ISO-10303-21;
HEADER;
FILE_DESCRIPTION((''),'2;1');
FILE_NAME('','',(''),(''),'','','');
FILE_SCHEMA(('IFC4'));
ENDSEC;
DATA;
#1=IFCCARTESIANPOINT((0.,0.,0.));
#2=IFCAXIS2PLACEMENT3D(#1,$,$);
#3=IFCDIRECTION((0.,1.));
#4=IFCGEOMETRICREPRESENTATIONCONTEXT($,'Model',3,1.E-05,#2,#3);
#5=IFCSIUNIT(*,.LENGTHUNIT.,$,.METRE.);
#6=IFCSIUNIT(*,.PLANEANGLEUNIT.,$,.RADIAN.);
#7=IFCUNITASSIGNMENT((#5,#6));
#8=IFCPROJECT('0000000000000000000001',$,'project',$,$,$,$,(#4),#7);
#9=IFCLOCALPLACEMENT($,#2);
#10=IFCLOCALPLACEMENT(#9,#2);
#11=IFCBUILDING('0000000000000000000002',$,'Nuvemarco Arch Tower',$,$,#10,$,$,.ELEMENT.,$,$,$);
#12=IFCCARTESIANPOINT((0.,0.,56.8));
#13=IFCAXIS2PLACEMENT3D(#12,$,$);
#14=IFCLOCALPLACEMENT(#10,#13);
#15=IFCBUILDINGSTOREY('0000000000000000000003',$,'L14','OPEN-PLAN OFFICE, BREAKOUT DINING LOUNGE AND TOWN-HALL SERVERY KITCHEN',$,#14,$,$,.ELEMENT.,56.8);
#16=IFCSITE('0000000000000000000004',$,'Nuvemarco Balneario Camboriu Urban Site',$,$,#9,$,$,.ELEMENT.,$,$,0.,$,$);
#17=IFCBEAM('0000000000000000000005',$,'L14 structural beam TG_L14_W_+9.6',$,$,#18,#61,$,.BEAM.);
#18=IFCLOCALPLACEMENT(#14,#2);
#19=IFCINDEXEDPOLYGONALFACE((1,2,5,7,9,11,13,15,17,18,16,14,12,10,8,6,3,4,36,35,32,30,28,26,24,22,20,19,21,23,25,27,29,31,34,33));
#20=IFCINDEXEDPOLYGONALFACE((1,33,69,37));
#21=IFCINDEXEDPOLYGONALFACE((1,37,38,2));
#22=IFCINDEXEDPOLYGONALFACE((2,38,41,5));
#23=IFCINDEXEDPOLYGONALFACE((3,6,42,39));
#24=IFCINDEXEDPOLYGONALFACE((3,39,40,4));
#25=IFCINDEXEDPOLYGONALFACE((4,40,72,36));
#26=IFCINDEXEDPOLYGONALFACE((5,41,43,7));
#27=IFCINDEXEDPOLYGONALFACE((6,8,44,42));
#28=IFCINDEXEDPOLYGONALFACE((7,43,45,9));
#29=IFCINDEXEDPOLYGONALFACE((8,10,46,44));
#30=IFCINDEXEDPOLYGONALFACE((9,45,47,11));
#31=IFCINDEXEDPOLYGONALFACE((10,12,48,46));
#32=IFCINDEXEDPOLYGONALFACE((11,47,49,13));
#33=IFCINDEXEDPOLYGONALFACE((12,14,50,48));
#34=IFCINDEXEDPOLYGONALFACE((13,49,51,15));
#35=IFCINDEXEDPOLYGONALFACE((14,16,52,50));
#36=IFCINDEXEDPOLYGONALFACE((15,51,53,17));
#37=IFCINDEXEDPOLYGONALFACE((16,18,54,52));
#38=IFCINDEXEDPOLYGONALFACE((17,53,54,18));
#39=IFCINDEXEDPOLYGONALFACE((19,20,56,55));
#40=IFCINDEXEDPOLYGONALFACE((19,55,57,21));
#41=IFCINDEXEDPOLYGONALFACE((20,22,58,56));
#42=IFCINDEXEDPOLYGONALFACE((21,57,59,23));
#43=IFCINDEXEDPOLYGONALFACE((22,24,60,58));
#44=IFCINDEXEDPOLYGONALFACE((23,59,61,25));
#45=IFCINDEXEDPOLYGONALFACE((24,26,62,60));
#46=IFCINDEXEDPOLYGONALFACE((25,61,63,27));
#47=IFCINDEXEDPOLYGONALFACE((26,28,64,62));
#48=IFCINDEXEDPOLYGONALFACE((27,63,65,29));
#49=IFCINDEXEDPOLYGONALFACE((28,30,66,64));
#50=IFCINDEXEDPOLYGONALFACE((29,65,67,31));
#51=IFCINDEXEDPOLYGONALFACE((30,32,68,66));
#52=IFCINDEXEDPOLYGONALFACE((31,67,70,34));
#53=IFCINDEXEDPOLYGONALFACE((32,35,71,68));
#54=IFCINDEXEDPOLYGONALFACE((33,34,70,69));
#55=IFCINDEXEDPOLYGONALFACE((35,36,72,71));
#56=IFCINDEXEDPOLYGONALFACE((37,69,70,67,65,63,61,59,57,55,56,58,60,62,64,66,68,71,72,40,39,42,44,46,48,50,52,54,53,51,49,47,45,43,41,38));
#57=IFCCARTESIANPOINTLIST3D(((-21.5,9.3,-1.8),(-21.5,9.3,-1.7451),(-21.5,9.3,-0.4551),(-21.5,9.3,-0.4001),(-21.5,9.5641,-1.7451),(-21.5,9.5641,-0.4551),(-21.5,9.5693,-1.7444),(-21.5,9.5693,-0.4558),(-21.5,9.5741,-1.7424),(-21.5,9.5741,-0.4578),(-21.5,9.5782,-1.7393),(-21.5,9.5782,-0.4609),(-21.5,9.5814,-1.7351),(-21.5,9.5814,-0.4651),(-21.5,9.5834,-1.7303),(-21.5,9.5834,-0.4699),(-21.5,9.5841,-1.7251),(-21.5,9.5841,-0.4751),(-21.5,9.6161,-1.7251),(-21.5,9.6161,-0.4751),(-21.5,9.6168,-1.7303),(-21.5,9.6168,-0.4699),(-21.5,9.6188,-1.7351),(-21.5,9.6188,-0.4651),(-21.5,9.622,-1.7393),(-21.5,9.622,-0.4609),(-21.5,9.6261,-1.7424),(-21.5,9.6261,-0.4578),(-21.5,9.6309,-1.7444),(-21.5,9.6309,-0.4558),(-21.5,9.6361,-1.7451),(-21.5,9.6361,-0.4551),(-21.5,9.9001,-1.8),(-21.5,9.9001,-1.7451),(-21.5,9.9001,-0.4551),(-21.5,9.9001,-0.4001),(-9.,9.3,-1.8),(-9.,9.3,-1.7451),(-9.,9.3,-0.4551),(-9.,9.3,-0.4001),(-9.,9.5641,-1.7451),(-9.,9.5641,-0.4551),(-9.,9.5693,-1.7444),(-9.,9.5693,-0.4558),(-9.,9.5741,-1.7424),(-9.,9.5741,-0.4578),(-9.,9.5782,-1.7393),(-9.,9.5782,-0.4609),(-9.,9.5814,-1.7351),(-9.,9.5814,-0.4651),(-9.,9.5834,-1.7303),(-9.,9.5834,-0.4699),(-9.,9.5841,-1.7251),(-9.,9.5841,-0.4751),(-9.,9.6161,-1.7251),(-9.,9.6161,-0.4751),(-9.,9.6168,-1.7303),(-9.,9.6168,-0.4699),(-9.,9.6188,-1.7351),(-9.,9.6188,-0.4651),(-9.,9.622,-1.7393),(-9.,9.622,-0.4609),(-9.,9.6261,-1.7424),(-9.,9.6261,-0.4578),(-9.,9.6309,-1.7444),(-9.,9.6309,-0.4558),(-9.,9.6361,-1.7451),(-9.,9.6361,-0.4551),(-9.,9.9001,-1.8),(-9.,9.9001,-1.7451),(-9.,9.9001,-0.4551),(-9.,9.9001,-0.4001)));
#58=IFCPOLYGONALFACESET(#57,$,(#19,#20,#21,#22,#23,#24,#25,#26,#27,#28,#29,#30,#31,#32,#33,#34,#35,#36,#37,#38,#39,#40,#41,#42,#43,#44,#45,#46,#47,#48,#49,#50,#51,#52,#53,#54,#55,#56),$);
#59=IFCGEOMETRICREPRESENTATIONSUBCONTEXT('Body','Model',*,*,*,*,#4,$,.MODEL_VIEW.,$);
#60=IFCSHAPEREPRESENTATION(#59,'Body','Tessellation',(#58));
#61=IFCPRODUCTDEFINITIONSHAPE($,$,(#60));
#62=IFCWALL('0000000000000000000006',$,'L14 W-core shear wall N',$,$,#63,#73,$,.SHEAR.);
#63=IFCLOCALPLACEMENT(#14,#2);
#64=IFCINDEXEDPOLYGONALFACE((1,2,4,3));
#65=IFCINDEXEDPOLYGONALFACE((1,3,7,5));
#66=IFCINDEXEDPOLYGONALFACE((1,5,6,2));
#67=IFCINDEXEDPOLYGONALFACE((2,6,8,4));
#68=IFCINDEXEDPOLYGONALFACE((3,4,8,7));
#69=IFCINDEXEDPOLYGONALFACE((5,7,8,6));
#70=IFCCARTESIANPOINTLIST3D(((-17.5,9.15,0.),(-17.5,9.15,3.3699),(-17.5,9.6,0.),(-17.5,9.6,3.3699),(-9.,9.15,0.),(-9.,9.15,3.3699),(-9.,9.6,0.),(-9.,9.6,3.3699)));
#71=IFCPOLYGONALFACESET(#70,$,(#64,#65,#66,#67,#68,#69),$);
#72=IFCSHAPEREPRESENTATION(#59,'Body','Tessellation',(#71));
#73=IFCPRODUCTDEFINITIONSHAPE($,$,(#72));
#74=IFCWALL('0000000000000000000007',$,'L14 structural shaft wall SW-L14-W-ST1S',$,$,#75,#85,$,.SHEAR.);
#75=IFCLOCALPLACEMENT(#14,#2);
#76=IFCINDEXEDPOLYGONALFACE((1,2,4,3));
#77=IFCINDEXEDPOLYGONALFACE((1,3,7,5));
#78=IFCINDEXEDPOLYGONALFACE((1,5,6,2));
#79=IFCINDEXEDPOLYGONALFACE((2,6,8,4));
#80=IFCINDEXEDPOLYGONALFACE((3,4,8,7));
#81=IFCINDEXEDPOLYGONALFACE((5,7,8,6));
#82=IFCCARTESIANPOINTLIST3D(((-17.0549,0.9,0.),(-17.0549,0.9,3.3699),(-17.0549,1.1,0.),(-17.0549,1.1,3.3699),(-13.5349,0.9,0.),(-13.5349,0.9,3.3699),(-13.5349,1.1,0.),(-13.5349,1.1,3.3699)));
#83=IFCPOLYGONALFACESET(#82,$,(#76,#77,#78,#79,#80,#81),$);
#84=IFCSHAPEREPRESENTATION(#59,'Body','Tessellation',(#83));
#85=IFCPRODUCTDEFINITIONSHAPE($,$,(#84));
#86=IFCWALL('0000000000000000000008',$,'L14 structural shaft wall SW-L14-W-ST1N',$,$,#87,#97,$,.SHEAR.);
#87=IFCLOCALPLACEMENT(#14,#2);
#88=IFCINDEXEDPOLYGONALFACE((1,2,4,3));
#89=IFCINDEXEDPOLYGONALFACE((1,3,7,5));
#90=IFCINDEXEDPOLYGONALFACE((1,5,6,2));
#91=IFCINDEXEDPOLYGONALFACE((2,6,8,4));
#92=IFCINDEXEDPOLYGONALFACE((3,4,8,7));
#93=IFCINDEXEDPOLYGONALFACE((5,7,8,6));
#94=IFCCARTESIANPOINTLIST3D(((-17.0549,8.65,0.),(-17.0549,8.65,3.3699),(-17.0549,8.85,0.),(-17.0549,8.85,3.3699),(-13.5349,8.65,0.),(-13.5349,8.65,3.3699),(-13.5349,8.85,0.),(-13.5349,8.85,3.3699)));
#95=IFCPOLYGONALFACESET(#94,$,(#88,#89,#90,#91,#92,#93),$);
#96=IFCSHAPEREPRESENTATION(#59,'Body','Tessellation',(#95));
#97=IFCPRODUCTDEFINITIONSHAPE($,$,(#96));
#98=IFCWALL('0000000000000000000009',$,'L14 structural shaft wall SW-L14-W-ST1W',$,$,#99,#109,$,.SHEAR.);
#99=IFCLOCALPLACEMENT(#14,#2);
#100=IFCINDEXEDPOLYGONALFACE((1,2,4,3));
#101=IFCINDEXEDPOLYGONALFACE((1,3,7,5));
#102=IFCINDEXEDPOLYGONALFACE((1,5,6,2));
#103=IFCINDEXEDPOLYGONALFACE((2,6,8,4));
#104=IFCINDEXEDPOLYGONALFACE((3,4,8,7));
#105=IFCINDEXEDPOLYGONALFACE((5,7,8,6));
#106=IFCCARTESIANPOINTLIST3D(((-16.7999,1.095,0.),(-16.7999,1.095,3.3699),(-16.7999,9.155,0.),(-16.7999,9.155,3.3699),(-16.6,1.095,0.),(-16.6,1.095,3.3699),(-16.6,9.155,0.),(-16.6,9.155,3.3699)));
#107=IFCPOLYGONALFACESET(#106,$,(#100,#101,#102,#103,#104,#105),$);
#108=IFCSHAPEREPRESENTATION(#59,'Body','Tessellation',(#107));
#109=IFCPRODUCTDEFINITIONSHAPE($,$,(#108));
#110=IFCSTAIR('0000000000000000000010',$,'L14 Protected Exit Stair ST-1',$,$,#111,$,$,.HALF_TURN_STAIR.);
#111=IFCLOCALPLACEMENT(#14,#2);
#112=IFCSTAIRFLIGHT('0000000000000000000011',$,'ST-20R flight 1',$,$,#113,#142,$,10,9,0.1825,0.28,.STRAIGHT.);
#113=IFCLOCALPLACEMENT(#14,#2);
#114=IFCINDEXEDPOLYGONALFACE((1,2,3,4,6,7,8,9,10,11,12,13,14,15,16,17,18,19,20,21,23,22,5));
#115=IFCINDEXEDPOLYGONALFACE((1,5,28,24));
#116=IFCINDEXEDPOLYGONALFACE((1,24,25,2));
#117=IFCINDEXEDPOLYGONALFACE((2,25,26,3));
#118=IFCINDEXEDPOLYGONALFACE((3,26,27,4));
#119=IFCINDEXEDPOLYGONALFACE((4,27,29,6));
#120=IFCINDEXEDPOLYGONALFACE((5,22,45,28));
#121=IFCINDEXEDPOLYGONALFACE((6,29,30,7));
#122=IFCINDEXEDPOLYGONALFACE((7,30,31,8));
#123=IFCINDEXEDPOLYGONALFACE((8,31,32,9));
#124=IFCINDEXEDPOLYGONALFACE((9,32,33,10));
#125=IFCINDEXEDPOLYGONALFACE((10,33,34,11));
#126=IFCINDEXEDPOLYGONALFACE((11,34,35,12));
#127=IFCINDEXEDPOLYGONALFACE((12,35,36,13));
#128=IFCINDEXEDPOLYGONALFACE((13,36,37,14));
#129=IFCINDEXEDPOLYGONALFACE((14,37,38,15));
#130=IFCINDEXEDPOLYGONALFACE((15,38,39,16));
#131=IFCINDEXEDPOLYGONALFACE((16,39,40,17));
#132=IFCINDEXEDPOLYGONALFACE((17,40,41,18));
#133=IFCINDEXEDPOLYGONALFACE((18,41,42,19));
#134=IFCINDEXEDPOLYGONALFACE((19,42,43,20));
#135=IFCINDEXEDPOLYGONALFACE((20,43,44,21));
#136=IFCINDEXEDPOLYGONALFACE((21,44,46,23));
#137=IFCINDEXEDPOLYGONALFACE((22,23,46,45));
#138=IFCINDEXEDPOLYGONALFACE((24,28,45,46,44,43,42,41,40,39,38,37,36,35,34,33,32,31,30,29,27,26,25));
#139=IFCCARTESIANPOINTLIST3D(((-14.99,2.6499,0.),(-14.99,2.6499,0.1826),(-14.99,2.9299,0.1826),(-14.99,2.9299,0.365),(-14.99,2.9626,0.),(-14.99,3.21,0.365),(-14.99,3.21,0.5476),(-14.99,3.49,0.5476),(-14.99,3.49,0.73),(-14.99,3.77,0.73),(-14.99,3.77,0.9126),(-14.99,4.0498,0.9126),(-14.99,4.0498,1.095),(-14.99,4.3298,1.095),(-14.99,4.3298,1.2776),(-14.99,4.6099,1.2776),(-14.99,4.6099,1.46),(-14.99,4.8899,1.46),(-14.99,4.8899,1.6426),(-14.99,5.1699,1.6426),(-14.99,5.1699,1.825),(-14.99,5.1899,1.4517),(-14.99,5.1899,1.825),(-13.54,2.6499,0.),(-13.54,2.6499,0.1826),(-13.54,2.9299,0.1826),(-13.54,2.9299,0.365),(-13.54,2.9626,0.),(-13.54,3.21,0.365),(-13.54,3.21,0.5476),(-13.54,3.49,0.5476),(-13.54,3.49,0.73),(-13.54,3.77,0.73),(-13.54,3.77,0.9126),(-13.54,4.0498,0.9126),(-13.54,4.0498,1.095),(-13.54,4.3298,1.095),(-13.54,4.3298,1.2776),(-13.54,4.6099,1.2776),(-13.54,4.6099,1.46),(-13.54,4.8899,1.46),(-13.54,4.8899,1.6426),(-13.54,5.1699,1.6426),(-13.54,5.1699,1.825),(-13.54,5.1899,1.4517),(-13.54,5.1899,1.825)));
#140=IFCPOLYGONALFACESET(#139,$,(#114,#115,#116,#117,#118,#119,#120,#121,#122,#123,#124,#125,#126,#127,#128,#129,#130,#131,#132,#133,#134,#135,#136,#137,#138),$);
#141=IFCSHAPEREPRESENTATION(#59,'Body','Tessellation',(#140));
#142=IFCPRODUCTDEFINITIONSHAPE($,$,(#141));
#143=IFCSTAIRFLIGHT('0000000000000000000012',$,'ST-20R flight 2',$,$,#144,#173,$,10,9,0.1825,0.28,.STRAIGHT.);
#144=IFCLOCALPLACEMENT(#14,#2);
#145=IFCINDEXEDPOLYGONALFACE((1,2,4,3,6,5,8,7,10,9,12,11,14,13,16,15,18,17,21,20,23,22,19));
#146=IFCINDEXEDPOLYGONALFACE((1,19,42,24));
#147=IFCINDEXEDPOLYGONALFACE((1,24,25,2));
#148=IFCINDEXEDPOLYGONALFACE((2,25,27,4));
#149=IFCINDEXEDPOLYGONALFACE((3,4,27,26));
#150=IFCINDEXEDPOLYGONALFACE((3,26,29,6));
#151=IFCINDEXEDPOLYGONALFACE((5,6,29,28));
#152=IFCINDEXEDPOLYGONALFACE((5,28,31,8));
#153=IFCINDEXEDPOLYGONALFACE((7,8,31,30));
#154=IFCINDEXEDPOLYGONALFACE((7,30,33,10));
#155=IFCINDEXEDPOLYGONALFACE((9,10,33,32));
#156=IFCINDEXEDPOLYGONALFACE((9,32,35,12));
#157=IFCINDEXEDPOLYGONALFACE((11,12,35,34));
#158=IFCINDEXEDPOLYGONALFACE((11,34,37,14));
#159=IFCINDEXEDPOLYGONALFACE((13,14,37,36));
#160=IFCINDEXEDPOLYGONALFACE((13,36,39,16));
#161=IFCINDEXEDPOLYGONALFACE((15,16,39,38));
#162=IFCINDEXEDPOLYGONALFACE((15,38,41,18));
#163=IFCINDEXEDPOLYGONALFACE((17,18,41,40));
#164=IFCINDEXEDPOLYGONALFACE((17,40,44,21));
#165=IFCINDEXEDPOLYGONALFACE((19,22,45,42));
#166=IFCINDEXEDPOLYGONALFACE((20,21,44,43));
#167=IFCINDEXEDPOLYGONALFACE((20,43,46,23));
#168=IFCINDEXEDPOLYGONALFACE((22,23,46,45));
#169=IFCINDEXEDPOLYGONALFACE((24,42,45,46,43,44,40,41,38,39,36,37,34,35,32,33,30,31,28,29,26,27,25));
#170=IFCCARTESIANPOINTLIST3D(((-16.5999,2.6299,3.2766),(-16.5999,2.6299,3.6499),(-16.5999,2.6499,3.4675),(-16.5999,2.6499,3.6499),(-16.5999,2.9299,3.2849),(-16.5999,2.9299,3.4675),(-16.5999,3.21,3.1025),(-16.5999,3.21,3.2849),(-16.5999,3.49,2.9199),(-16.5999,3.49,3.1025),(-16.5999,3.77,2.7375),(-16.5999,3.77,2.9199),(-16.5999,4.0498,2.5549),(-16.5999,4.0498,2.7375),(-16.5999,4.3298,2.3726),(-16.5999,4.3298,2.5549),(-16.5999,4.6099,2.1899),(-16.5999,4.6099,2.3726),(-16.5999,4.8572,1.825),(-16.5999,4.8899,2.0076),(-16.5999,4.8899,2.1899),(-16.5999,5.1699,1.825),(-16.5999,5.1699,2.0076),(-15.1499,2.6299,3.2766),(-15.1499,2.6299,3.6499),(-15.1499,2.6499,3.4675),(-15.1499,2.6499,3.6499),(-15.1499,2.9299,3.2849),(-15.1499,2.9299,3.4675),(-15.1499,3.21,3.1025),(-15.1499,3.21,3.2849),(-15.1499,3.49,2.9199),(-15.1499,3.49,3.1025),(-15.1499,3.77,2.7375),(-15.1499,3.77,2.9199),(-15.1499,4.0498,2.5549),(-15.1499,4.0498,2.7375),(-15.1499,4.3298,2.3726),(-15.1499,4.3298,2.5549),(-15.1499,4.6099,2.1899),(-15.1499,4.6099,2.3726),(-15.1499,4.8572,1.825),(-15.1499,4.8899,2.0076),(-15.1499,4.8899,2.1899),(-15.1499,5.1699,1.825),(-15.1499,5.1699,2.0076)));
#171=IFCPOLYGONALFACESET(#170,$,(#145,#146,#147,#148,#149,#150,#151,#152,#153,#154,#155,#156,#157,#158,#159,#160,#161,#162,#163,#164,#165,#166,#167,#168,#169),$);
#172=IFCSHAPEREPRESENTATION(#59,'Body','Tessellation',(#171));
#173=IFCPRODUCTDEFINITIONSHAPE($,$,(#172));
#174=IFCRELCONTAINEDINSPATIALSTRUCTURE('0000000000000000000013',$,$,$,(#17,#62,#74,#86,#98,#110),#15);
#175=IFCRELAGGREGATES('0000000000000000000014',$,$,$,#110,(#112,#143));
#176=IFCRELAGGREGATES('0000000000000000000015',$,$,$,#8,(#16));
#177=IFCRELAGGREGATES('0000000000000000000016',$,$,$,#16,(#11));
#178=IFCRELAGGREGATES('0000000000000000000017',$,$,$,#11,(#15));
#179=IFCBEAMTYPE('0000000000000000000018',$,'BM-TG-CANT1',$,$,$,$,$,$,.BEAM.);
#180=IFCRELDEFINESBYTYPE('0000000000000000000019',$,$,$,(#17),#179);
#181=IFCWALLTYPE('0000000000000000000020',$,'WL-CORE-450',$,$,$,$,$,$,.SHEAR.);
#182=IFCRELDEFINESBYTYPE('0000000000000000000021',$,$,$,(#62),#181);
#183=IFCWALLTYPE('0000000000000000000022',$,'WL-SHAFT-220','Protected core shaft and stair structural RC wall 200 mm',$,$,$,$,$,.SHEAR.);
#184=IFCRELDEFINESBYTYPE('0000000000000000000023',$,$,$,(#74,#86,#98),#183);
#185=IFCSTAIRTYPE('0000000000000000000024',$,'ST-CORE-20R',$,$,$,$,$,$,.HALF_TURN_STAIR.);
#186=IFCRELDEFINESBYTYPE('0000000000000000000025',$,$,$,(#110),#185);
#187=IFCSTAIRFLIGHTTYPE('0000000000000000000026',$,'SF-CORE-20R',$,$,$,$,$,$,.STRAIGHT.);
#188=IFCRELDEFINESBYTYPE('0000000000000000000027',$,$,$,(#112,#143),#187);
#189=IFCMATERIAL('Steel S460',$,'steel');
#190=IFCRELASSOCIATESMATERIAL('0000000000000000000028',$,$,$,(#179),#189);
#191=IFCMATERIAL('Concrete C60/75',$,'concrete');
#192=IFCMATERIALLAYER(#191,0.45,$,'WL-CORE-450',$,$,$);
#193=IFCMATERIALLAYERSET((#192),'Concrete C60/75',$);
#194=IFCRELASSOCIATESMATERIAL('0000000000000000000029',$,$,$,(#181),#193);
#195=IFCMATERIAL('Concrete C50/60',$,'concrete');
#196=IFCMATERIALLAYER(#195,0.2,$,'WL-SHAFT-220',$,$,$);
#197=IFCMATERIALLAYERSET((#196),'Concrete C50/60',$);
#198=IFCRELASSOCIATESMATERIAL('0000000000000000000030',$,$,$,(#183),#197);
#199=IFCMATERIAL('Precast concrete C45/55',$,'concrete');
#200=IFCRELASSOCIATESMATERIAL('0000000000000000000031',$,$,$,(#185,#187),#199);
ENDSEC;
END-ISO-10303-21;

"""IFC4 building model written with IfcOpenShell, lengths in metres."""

from ifc_helpers import new_model, si_unit, direction, frame, frame_2d, origin, origin_2d, place, context, subcontext, project, spatial, polyline, rectangle, i_section, outline, extrude, material, layer, layer_set, material_profile, profile_set, type_object, element, aggregate, save


model = new_model("IFC4")

# Units and contexts
model_context = context("Model", 3, precision=1e-05, world=origin(), true_north=direction((0.0, 1.0)))
body_context = subcontext(model_context, "Body", "Model", "MODEL_VIEW")
ifc_project = project(units=[si_unit("LENGTHUNIT", "METRE"), si_unit("PLANEANGLEUNIT", "RADIAN")], contexts=[model_context])

# Site, building, storey
site_placement = place(None, origin())
site = spatial("IfcSite", under=ifc_project, at=site_placement, Name="Nuvemarco Balneario Camboriu Urban Site", CompositionType="ELEMENT", RefElevation=0.0)
building_placement = place(site_placement, origin())
building = spatial("IfcBuilding", under=site, at=building_placement, Name="Nuvemarco Arch Tower", CompositionType="ELEMENT")
storey_placement = place(building_placement, frame((0.0, 0.0, 56.8)))
storey = spatial("IfcBuildingStorey", under=building, at=storey_placement, Name="L14", Description="OPEN-PLAN OFFICE, BREAKOUT DINING LOUNGE AND TOWN-HALL SERVERY KITCHEN", CompositionType="ELEMENT", Elevation=56.8)

# Shared definitions
ifc_material_1 = material(Name="Concrete C60/75", Category="concrete")
ifc_material_2 = material(Name="Steel S460", Category="steel")

# Beam
ifc_material_3 = material(Name="Precast concrete C45/55", Category="concrete")
ifc_material_profile_1 = material_profile(ifc_material_2, i_section(OverallWidth=0.6001, OverallDepth=1.3999, WebThickness=0.032, FlangeThickness=0.0549, FilletRadius=0.02, at=origin_2d()), Name="PG1400x600")
ifc_profile_set_1 = profile_set([ifc_material_profile_1], Name="Steel S460")
beam_type_1 = type_object("IfcBeamType", Name="BM-TG-CANT1", PredefinedType="BEAM", material=ifc_profile_set_1)
beam_1_placement = place(storey_placement, frame((-21.5, 9.6001, -1.1001), z_axis=(1.0, 0.0, 0.0), x_axis=(0.0, 1.0, 0.0)))
element("IfcBeam", 1, at=beam_1_placement, inside=storey, type_object=beam_type_1, Name="L14 structural beam TG_L14_W_+9.6", PredefinedType="BEAM", context=body_context, shape_type="SweptSolid", body=[
    extrude(i_section(OverallWidth=0.6001, OverallDepth=1.3999, WebThickness=0.032, FlangeThickness=0.0549, FilletRadius=0.02, at=origin_2d()), origin(), (0.0, 0.0, 1.0), 12.5),
])

# Walls
ifc_layer_1 = layer(ifc_material_1, 0.45, Name="WL-CORE-450")
ifc_layer_set_1 = layer_set([ifc_layer_1], Name="Concrete C60/75")
wall_type_1 = type_object("IfcWallType", Name="WL-CORE-450", PredefinedType="SHEAR", material=ifc_layer_set_1)
wall_1_placement = place(storey_placement, frame((-17.5, 9.375, 0.0), z_axis=(0.0, 0.0, 1.0), x_axis=(1.0, 0.0, 0.0)))
element("IfcWall", 2, at=wall_1_placement, inside=storey, type_object=wall_type_1, Name="L14 W-core shear wall N", PredefinedType="SHEAR", context=body_context, shape_type="SweptSolid", body=[
    extrude(rectangle(XDim=8.5, YDim=0.45, at=frame_2d((4.25, 0.0))), origin(), (0.0, 0.0, 1.0), 3.3699),
])
ifc_material_4 = material(Name="Concrete C50/60", Category="concrete")
ifc_layer_2 = layer(ifc_material_4, 0.2, Name="WL-SHAFT-220")
ifc_layer_set_2 = layer_set([ifc_layer_2], Name="Concrete C50/60")
wall_type_2 = type_object("IfcWallType", Name="WL-SHAFT-220", Description="Protected core shaft and stair structural RC wall 200 mm", PredefinedType="SHEAR", material=ifc_layer_set_2)
for number, where, z_axis, x_axis, name in (
    (3, (-17.0549, 1.0, 0.0), (0.0, 0.0, 1.0), (1.0, 0.0, 0.0), "L14 structural shaft wall SW-L14-W-ST1S"),
    (4, (-17.0549, 8.75, 0.0), (0.0, 0.0, 1.0), (1.0, 0.0, 0.0), "L14 structural shaft wall SW-L14-W-ST1N"),
):
    element("IfcWall", number, at=place(storey_placement, frame(where, z_axis=z_axis, x_axis=x_axis)), inside=storey, type_object=wall_type_2, Name=name, PredefinedType="SHEAR", context=body_context, shape_type="SweptSolid", body=[
        extrude(rectangle(XDim=3.52, YDim=0.2, at=frame_2d((1.76, 0.0))), origin(), (0.0, 0.0, 1.0), 3.3699),
    ])
wall_2_placement = place(storey_placement, frame((-16.7, 1.095, 0.0), z_axis=(0.0, 0.0, 1.0), x_axis=(0.0, 1.0, 0.0)))
element("IfcWall", 5, at=wall_2_placement, inside=storey, type_object=wall_type_2, Name="L14 structural shaft wall SW-L14-W-ST1W", PredefinedType="SHEAR", context=body_context, shape_type="SweptSolid", body=[
    extrude(rectangle(XDim=8.0601, YDim=0.2, at=frame_2d((4.03, 0.0))), origin(), (0.0, 0.0, 1.0), 3.3699),
])

# Stair, stair flights
stair_type = type_object("IfcStairType", Name="ST-CORE-20R", PredefinedType="HALF_TURN_STAIR", material=ifc_material_3)
stair_placement = place(storey_placement, origin())
stair = element("IfcStair", 6, at=stair_placement, inside=storey, type_object=stair_type, Name="L14 Protected Exit Stair ST-1", PredefinedType="HALF_TURN_STAIR")
stair_flight_type = type_object("IfcStairFlightType", Name="SF-CORE-20R", PredefinedType="STRAIGHT", material=ifc_material_3)
stair_flight_1_placement = place(storey_placement, frame((-14.2649, 2.6499, 0.0), z_axis=(0.0, 0.0, 1.0), x_axis=(0.0, 1.0, 0.0)))
stair_flight_1 = element("IfcStairFlight", 7, at=stair_flight_1_placement, type_object=stair_flight_type, Name="ST-20R flight 1", NumberOfRisers=10, NumberOfTreads=9, PredefinedType="STRAIGHT", RiserHeight=0.1825, TreadLength=0.28, context=body_context, shape_type="SweptSolid", body=[
    extrude(outline(polyline([(0.0, 0.0), (0.0, 0.1826), (0.28, 0.1826), (0.28, 0.365), (0.5601, 0.365), (0.5601, 0.5476), (0.8401, 0.5476), (0.8401, 0.73), (1.1201, 0.73), (1.1201, 0.9126), (1.3999, 0.9126), (1.3999, 1.095), (1.6799, 1.095), (1.6799, 1.2776), (1.96, 1.2776), (1.96, 1.46), (2.24, 1.46), (2.24, 1.6426), (2.52, 1.6426), (2.52, 1.825), (2.54, 1.825), (2.54, 1.4517), (0.3127, 0.0), (0.0, 0.0)])), frame((0.0, 0.7251, 0.0), z_axis=(0.0, -1.0, 0.0), x_axis=(1.0, 0.0, 0.0)), (0.0, 0.0, 1.0), 1.45),
])
stair_flight_2_placement = place(storey_placement, frame((-15.875, 5.1699, 1.825), z_axis=(0.0, 0.0, 1.0), x_axis=(0.0, -1.0, 0.0)))
stair_flight_2 = element("IfcStairFlight", 8, at=stair_flight_2_placement, type_object=stair_flight_type, Name="ST-20R flight 2", NumberOfRisers=10, NumberOfTreads=9, PredefinedType="STRAIGHT", RiserHeight=0.1825, TreadLength=0.28, context=body_context, shape_type="SweptSolid", body=[
    extrude(outline(polyline([(0.0, 0.0), (0.0, 0.1826), (0.28, 0.1826), (0.28, 0.365), (0.5601, 0.365), (0.5601, 0.5476), (0.8401, 0.5476), (0.8401, 0.73), (1.1201, 0.73), (1.1201, 0.9126), (1.3999, 0.9126), (1.3999, 1.095), (1.6799, 1.095), (1.6799, 1.2776), (1.96, 1.2776), (1.96, 1.46), (2.24, 1.46), (2.24, 1.6426), (2.52, 1.6426), (2.52, 1.825), (2.54, 1.825), (2.54, 1.4517), (0.3127, 0.0), (0.0, 0.0)])), frame((0.0, 0.7251, 0.0), z_axis=(0.0, -1.0, 0.0), x_axis=(1.0, 0.0, 0.0)), (0.0, 0.0, 1.0), 1.45),
])
aggregate(stair, [stair_flight_1, stair_flight_2])

save(model, "model.ifc")
